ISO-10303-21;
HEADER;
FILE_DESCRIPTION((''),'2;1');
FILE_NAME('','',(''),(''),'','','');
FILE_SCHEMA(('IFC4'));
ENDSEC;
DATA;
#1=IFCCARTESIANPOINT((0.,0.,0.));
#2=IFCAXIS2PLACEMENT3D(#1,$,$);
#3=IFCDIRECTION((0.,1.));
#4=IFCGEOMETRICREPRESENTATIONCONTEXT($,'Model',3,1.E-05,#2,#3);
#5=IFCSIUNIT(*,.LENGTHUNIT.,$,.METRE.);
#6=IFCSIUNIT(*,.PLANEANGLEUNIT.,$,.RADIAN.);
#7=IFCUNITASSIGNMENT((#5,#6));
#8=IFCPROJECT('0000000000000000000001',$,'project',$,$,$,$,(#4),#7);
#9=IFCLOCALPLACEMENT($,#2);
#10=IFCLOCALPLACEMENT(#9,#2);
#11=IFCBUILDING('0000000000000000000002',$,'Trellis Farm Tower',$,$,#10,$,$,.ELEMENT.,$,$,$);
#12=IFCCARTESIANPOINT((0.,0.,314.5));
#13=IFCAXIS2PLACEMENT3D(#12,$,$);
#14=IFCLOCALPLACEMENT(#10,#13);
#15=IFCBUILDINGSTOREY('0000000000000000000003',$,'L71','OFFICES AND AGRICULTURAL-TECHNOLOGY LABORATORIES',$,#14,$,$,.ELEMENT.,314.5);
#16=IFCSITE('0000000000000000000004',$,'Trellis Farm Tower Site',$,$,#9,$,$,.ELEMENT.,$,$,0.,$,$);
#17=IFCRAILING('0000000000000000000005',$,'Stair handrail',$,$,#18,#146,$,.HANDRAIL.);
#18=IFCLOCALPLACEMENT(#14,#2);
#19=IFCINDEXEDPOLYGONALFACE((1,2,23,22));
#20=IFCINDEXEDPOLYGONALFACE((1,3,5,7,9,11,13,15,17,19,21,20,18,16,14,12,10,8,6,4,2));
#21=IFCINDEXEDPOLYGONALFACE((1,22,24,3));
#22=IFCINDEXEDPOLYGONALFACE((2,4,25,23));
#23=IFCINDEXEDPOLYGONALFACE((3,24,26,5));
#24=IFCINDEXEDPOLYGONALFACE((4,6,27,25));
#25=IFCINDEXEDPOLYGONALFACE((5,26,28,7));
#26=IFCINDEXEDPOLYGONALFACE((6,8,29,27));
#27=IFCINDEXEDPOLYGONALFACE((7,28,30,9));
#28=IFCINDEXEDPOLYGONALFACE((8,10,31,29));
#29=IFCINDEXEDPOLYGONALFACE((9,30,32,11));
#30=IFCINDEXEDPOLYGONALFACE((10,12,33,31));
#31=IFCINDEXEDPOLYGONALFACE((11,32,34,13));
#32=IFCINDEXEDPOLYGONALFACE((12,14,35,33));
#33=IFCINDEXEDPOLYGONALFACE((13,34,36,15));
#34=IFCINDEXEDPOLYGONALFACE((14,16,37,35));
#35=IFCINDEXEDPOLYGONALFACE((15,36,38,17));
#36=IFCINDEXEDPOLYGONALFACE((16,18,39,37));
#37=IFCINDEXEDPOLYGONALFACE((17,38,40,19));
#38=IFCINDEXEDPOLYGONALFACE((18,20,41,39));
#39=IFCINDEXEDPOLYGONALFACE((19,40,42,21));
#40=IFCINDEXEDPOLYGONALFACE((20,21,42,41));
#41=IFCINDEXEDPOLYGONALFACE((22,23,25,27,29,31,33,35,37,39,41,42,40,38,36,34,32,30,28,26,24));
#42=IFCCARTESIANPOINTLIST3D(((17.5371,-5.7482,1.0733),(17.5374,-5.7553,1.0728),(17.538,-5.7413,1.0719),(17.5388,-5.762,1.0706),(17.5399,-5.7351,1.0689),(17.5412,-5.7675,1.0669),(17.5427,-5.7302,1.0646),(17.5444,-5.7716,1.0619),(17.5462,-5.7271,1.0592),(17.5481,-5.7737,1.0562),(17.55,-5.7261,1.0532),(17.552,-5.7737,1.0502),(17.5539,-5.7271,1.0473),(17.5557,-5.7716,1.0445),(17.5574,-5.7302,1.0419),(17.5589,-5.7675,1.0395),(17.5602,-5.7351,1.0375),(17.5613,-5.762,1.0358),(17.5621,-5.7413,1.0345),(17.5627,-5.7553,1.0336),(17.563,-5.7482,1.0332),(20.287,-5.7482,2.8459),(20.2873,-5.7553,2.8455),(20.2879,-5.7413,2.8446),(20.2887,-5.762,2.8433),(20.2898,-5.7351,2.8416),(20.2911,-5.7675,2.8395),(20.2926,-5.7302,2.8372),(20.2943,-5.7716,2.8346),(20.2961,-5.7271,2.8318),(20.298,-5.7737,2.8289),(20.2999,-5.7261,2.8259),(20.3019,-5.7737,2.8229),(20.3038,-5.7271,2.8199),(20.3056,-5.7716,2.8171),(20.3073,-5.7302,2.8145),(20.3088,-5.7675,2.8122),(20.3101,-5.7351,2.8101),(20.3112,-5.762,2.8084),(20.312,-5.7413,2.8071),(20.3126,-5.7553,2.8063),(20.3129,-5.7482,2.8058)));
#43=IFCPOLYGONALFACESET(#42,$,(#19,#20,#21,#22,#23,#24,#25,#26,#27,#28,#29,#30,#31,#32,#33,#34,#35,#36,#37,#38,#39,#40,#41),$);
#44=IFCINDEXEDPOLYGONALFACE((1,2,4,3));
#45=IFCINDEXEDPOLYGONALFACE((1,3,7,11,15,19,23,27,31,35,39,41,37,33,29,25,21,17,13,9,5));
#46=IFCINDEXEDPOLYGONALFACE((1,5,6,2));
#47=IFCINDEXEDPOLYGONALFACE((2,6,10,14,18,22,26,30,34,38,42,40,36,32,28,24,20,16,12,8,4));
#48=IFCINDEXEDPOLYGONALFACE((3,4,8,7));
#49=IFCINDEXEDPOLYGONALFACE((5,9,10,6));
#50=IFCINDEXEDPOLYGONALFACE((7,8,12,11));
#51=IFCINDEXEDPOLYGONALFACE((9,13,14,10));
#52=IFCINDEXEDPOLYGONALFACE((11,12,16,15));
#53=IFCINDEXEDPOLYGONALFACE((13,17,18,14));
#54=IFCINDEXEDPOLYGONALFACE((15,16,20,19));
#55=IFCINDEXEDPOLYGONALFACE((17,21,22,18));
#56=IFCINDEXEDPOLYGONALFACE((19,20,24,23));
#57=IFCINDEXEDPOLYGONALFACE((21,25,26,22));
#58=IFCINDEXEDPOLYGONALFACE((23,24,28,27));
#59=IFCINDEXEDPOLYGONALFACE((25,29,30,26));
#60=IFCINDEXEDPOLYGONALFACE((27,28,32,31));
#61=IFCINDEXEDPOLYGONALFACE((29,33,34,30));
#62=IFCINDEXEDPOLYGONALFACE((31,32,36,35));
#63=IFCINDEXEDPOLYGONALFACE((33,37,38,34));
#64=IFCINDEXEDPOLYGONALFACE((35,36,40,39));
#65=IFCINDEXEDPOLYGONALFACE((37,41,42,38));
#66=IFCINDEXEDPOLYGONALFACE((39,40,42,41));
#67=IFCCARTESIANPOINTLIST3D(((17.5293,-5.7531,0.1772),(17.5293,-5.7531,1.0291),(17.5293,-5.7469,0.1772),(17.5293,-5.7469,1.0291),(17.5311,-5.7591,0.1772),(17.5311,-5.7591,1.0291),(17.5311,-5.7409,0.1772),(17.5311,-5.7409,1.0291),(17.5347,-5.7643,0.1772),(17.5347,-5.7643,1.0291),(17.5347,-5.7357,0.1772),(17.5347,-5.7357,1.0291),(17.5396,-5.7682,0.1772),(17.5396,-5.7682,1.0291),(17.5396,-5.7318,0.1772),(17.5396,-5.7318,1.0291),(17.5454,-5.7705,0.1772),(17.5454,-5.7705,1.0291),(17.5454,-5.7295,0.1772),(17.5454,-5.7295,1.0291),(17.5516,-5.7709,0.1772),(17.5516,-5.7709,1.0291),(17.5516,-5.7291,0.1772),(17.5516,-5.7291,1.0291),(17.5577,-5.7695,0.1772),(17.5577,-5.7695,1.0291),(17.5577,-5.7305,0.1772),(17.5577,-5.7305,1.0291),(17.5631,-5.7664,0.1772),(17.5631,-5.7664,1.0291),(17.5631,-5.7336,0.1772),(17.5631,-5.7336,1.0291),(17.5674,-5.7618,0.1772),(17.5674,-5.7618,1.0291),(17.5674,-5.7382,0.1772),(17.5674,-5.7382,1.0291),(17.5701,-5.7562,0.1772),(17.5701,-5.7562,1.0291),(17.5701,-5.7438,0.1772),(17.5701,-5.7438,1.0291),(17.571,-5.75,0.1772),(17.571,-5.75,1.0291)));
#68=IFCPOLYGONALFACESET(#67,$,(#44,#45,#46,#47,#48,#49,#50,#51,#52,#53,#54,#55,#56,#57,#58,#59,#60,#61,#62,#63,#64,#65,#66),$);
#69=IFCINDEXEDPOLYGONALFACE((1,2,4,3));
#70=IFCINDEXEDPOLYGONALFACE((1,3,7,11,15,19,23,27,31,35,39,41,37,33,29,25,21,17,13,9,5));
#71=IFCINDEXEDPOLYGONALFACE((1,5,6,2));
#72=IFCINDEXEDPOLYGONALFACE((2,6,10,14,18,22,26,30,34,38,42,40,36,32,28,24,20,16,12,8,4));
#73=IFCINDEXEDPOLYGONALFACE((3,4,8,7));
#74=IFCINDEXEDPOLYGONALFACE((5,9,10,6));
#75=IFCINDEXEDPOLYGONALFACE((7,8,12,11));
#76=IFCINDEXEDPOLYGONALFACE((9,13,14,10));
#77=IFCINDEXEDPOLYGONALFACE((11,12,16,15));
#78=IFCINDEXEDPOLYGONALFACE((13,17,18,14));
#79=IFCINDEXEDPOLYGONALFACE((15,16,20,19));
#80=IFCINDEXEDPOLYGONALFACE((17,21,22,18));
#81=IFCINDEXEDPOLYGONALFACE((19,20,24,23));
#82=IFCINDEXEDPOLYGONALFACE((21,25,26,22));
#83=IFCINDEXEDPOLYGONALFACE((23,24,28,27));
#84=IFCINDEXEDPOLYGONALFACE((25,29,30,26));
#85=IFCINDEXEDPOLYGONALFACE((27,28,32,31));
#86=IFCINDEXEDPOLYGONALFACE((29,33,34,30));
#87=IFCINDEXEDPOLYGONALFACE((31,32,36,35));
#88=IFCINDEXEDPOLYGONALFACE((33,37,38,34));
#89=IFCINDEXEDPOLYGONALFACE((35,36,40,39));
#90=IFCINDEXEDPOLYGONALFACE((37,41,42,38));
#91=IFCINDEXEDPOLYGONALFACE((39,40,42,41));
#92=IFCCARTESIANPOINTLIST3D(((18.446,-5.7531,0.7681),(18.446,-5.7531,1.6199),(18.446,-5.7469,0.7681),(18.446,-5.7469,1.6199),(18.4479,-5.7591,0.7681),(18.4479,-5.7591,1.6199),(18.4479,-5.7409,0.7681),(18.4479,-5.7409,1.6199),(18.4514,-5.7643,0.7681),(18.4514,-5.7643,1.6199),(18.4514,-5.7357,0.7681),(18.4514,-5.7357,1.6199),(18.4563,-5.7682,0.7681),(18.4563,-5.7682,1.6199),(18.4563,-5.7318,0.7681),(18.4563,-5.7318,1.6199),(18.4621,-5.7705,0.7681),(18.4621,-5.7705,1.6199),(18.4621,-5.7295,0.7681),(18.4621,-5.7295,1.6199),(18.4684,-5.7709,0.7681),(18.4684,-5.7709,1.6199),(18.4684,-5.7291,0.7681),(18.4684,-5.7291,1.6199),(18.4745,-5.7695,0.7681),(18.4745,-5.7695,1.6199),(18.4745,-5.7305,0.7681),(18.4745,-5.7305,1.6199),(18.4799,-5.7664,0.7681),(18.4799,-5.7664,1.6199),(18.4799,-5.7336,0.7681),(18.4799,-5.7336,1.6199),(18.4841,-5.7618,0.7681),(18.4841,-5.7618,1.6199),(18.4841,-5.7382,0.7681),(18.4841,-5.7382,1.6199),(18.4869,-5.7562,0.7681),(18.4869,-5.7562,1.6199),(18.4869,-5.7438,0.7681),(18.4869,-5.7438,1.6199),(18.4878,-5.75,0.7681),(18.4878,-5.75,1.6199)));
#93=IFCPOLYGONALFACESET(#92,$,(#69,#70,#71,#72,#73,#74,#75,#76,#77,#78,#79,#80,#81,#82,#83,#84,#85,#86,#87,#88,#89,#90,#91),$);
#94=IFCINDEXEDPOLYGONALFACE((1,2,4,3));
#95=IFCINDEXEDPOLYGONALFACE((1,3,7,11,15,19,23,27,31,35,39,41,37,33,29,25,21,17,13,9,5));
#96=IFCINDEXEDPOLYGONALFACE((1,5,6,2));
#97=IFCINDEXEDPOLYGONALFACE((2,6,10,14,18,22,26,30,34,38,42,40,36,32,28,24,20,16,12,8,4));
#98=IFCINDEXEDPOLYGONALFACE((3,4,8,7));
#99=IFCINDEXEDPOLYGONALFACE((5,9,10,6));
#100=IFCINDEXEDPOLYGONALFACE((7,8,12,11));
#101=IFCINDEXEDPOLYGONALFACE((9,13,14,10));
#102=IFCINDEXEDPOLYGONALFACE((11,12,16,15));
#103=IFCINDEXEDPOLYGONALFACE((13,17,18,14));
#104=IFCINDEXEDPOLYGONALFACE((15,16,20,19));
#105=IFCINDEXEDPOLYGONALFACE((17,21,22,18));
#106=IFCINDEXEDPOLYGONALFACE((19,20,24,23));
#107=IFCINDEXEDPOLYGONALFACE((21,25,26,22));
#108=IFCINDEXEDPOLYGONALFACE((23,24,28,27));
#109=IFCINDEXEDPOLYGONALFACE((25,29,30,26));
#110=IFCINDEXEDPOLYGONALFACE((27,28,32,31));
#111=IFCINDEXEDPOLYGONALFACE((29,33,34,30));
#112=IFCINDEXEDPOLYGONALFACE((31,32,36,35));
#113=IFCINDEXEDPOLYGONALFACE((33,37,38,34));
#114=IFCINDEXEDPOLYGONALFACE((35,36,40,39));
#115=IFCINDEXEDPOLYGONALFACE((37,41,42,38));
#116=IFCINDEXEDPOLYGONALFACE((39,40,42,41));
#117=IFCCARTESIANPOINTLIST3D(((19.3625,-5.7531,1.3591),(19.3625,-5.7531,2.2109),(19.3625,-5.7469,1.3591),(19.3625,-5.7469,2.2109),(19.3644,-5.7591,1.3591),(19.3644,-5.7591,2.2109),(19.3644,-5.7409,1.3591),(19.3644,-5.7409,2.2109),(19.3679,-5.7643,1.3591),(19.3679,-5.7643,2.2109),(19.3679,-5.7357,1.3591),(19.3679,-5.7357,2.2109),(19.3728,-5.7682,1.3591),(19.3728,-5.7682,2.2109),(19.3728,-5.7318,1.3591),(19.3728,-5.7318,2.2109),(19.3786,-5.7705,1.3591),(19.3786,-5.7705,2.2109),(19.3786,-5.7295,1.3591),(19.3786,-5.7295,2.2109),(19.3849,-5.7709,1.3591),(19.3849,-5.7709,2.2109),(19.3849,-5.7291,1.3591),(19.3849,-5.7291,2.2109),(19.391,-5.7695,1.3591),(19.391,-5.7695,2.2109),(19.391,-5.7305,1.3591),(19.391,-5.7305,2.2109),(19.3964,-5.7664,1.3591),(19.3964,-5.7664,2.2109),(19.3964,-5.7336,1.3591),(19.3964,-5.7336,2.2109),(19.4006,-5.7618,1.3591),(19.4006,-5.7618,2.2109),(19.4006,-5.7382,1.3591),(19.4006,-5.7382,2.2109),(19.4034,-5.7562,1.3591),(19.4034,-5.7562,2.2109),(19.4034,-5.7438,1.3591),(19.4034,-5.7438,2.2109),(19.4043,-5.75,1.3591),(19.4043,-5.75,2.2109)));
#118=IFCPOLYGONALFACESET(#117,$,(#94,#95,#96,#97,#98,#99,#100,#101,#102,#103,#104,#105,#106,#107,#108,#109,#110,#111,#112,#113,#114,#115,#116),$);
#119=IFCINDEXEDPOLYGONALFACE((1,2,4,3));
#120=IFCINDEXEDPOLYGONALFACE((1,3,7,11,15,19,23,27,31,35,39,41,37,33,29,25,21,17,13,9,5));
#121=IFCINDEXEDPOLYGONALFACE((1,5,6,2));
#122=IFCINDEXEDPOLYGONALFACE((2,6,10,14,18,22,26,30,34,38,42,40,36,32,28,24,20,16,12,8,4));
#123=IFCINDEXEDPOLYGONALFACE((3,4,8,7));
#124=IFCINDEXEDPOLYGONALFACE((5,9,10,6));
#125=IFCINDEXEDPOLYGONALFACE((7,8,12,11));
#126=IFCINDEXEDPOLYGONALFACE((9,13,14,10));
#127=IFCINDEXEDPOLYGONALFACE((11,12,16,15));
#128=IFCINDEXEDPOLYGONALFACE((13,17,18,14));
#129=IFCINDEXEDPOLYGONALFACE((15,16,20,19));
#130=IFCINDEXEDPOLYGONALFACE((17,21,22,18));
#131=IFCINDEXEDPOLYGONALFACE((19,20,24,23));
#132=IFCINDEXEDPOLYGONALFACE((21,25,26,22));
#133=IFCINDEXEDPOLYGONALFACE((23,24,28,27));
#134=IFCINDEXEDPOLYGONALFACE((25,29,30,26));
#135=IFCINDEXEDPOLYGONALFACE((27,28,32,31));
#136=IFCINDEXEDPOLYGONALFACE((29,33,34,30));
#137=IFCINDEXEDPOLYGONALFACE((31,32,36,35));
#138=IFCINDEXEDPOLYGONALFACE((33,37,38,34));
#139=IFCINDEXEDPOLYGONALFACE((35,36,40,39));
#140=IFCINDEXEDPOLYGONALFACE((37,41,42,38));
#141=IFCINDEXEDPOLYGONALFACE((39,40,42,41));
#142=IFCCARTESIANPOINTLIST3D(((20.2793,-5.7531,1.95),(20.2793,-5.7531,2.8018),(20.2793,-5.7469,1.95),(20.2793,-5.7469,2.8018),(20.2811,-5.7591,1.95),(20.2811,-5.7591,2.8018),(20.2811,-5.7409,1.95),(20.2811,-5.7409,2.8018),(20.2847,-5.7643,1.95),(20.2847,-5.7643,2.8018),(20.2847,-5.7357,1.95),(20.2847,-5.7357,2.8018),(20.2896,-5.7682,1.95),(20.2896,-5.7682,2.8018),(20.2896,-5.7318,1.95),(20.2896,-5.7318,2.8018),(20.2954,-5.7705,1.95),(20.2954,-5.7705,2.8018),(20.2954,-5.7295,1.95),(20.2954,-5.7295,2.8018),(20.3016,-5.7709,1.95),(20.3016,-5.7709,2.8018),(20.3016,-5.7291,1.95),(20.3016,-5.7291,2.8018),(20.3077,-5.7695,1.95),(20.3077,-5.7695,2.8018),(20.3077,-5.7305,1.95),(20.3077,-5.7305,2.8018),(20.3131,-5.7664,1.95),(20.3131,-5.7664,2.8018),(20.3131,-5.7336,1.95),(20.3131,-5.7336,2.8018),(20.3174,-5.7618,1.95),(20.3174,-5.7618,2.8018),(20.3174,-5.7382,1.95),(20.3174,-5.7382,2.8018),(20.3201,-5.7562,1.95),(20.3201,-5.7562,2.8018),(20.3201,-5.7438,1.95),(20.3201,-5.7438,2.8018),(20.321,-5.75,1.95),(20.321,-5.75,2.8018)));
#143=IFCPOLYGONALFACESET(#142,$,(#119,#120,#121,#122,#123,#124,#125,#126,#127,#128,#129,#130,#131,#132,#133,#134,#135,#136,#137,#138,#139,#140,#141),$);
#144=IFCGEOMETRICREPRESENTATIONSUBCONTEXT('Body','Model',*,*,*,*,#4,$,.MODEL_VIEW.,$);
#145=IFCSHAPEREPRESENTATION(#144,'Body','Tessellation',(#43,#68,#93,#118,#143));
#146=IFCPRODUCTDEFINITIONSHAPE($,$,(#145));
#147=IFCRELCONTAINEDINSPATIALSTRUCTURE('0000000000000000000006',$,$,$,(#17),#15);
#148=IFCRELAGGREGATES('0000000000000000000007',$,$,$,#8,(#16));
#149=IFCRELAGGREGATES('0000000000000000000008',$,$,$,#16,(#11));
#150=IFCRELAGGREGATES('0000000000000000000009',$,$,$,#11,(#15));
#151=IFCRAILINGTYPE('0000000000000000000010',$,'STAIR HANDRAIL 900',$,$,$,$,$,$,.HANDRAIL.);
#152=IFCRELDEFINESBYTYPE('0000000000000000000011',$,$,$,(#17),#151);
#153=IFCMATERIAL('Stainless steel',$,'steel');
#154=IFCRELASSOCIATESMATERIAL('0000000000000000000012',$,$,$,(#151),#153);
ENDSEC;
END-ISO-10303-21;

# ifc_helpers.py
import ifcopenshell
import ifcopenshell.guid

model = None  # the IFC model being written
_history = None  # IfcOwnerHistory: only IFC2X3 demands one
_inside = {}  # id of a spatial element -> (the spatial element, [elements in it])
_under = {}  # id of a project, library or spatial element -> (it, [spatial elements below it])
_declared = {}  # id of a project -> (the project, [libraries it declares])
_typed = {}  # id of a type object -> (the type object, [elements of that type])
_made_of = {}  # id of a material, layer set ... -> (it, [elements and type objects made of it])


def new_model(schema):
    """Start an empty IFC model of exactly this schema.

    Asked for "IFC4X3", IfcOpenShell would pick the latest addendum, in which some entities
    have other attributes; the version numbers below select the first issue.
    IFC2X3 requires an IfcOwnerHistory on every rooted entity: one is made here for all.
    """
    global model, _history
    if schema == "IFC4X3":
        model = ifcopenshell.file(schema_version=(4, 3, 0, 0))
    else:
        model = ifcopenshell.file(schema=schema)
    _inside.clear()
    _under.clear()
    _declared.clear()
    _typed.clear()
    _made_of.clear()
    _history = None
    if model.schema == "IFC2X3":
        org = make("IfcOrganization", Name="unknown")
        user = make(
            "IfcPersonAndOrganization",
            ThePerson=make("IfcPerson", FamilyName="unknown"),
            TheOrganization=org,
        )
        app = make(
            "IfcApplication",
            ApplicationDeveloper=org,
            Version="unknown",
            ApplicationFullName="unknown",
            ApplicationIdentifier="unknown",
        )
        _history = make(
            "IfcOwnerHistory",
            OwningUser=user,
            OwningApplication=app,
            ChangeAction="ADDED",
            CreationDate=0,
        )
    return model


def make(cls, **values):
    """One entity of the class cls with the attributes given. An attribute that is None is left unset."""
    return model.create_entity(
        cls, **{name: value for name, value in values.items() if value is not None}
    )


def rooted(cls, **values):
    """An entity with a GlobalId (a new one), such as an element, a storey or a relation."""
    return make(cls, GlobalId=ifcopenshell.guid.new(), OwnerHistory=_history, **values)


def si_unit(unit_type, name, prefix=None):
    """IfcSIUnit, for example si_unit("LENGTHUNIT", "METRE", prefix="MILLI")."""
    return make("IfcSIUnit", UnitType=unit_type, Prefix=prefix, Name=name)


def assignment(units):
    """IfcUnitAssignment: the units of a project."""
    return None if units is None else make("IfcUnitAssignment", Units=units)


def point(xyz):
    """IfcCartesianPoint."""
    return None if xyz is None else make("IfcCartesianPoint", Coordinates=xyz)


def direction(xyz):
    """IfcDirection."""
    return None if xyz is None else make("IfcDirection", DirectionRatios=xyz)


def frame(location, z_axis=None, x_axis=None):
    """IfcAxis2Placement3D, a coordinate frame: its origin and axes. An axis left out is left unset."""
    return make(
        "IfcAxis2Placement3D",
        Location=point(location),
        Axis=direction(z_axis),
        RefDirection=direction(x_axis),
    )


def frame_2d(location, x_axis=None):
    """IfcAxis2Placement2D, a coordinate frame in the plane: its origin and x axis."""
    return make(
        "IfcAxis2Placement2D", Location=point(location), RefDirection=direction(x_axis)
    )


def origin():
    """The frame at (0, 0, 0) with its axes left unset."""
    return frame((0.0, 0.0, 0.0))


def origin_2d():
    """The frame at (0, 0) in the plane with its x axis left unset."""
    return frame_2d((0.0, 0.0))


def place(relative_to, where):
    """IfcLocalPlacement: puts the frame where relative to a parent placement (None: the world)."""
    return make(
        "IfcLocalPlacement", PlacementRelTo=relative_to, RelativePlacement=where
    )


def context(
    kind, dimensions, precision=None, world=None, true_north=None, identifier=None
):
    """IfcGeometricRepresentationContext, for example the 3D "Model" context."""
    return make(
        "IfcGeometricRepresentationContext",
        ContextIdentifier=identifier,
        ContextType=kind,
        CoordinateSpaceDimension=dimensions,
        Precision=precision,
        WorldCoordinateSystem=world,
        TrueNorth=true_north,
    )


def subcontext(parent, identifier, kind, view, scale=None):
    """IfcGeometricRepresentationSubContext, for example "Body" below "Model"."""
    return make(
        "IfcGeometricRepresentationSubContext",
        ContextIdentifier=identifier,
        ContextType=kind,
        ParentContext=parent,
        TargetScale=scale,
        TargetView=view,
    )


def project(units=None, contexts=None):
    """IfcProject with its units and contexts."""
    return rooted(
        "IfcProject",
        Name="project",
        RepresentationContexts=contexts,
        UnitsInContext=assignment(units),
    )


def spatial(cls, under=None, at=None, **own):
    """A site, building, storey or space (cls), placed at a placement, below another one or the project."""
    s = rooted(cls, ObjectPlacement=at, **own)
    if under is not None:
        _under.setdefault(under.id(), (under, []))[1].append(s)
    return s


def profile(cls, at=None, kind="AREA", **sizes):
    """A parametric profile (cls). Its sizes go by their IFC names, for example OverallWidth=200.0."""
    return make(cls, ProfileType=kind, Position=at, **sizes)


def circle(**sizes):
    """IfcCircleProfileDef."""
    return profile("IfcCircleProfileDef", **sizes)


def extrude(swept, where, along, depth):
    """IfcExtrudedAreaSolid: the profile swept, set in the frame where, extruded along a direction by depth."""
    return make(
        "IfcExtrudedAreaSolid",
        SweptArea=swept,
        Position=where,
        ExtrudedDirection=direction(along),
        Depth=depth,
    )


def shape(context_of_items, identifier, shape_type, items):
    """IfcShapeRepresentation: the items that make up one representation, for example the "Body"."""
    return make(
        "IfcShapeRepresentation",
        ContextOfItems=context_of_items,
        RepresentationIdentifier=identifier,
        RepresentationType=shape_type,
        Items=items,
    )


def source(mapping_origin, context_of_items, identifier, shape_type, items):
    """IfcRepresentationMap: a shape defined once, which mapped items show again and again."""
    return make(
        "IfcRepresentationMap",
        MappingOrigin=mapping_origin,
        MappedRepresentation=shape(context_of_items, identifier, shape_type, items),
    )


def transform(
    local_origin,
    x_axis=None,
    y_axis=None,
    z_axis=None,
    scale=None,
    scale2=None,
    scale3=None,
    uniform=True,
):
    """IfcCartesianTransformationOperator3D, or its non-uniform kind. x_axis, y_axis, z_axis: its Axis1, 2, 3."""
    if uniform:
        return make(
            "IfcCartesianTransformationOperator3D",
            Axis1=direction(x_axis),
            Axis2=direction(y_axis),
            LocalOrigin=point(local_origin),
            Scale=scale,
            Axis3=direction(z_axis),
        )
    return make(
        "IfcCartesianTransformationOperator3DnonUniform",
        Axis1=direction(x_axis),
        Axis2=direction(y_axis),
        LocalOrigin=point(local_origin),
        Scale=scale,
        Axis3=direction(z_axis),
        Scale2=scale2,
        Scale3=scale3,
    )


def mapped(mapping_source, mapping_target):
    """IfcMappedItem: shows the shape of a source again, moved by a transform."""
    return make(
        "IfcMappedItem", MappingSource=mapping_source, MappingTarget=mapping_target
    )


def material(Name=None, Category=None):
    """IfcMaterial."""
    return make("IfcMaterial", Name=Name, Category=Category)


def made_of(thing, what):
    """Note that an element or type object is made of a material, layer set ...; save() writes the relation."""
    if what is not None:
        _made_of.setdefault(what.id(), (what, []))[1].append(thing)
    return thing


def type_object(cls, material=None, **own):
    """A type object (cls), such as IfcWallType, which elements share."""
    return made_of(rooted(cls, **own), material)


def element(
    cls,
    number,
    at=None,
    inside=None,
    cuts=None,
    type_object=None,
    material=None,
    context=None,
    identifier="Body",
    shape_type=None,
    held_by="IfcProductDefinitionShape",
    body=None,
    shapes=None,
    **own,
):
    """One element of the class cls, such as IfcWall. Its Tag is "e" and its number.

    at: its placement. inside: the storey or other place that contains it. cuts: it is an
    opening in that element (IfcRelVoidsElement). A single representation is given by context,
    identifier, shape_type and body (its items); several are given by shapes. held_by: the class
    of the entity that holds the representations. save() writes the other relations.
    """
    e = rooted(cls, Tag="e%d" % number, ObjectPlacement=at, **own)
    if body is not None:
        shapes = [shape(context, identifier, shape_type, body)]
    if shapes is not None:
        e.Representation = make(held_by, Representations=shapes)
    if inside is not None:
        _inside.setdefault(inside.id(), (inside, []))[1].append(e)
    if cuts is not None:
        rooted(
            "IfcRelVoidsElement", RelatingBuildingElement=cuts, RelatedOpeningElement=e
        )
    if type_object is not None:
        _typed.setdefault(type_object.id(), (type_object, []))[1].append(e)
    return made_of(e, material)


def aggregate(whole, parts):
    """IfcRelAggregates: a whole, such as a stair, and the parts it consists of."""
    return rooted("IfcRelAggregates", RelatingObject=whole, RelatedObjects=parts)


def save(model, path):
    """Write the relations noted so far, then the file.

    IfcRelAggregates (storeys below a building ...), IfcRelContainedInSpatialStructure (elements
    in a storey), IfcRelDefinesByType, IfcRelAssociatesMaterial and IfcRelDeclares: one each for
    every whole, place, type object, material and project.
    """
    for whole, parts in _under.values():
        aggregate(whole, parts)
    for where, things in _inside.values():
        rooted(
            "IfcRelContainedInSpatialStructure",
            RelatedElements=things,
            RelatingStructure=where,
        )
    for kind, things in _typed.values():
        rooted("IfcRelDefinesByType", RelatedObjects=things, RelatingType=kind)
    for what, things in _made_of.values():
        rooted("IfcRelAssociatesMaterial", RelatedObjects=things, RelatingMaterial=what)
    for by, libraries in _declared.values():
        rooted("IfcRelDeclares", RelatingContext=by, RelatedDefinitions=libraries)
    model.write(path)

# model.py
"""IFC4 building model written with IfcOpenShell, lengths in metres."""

from ifc_helpers import new_model, si_unit, direction, frame, origin, origin_2d, place, context, subcontext, project, spatial, circle, extrude, source, transform, mapped, material, type_object, element, save


model = new_model("IFC4")

# Units and contexts
model_context = context("Model", 3, precision=1e-05, world=origin(), true_north=direction((0.0, 1.0)))
body_context = subcontext(model_context, "Body", "Model", "MODEL_VIEW")
ifc_project = project(units=[si_unit("LENGTHUNIT", "METRE"), si_unit("PLANEANGLEUNIT", "RADIAN")], contexts=[model_context])

# Site, building, storey
site_placement = place(None, origin())
site = spatial("IfcSite", under=ifc_project, at=site_placement, Name="Trellis Farm Tower Site", CompositionType="ELEMENT", RefElevation=0.0)
building_placement = place(site_placement, origin())
building = spatial("IfcBuilding", under=site, at=building_placement, Name="Trellis Farm Tower", CompositionType="ELEMENT")
storey_placement = place(building_placement, frame((0.0, 0.0, 314.5)))
storey = spatial("IfcBuildingStorey", under=building, at=storey_placement, Name="L71", Description="OFFICES AND AGRICULTURAL-TECHNOLOGY LABORATORIES", CompositionType="ELEMENT", Elevation=314.5)

# Railing
ifc_material_1 = material(Name="Stainless steel", Category="steel")
railing_type = type_object("IfcRailingType", Name="STAIR HANDRAIL 900", PredefinedType="HANDRAIL", material=ifc_material_1)
shared_shape_1 = source(origin(), body_context, "Body", "SweptSolid", [
    extrude(circle(Radius=0.0239, at=origin_2d()), frame((0.0, 0.0, 0.876), z_axis=(0.840504, 0.0, 0.541806), x_axis=(0.0, 1.0, 0.0)), (0.0, 0.0, 1.0), 3.2717),
    extrude(circle(Radius=0.021, at=origin_2d()), origin(), (0.0, 0.0, 1.0), 0.8518),
    extrude(circle(Radius=0.021, at=origin_2d()), frame((0.9167, 0.0, 0.5908)), (0.0, 0.0, 1.0), 0.8518),
    extrude(circle(Radius=0.021, at=origin_2d()), frame((1.8333, 0.0, 1.1819)), (0.0, 0.0, 1.0), 0.8518),
    extrude(circle(Radius=0.021, at=origin_2d()), frame((2.75, 0.0, 1.7727)), (0.0, 0.0, 1.0), 0.8518),
])
railing_placement = place(storey_placement, frame((17.55, -5.75, 0.1772)))
element("IfcRailing", 1, at=railing_placement, inside=storey, type_object=railing_type, Name="Stair handrail", PredefinedType="HANDRAIL", context=body_context, shape_type="MappedRepresentation", body=[
    mapped(shared_shape_1, transform((0.0, 0.0, 0.0))),
])

save(model, "model.ifc")
